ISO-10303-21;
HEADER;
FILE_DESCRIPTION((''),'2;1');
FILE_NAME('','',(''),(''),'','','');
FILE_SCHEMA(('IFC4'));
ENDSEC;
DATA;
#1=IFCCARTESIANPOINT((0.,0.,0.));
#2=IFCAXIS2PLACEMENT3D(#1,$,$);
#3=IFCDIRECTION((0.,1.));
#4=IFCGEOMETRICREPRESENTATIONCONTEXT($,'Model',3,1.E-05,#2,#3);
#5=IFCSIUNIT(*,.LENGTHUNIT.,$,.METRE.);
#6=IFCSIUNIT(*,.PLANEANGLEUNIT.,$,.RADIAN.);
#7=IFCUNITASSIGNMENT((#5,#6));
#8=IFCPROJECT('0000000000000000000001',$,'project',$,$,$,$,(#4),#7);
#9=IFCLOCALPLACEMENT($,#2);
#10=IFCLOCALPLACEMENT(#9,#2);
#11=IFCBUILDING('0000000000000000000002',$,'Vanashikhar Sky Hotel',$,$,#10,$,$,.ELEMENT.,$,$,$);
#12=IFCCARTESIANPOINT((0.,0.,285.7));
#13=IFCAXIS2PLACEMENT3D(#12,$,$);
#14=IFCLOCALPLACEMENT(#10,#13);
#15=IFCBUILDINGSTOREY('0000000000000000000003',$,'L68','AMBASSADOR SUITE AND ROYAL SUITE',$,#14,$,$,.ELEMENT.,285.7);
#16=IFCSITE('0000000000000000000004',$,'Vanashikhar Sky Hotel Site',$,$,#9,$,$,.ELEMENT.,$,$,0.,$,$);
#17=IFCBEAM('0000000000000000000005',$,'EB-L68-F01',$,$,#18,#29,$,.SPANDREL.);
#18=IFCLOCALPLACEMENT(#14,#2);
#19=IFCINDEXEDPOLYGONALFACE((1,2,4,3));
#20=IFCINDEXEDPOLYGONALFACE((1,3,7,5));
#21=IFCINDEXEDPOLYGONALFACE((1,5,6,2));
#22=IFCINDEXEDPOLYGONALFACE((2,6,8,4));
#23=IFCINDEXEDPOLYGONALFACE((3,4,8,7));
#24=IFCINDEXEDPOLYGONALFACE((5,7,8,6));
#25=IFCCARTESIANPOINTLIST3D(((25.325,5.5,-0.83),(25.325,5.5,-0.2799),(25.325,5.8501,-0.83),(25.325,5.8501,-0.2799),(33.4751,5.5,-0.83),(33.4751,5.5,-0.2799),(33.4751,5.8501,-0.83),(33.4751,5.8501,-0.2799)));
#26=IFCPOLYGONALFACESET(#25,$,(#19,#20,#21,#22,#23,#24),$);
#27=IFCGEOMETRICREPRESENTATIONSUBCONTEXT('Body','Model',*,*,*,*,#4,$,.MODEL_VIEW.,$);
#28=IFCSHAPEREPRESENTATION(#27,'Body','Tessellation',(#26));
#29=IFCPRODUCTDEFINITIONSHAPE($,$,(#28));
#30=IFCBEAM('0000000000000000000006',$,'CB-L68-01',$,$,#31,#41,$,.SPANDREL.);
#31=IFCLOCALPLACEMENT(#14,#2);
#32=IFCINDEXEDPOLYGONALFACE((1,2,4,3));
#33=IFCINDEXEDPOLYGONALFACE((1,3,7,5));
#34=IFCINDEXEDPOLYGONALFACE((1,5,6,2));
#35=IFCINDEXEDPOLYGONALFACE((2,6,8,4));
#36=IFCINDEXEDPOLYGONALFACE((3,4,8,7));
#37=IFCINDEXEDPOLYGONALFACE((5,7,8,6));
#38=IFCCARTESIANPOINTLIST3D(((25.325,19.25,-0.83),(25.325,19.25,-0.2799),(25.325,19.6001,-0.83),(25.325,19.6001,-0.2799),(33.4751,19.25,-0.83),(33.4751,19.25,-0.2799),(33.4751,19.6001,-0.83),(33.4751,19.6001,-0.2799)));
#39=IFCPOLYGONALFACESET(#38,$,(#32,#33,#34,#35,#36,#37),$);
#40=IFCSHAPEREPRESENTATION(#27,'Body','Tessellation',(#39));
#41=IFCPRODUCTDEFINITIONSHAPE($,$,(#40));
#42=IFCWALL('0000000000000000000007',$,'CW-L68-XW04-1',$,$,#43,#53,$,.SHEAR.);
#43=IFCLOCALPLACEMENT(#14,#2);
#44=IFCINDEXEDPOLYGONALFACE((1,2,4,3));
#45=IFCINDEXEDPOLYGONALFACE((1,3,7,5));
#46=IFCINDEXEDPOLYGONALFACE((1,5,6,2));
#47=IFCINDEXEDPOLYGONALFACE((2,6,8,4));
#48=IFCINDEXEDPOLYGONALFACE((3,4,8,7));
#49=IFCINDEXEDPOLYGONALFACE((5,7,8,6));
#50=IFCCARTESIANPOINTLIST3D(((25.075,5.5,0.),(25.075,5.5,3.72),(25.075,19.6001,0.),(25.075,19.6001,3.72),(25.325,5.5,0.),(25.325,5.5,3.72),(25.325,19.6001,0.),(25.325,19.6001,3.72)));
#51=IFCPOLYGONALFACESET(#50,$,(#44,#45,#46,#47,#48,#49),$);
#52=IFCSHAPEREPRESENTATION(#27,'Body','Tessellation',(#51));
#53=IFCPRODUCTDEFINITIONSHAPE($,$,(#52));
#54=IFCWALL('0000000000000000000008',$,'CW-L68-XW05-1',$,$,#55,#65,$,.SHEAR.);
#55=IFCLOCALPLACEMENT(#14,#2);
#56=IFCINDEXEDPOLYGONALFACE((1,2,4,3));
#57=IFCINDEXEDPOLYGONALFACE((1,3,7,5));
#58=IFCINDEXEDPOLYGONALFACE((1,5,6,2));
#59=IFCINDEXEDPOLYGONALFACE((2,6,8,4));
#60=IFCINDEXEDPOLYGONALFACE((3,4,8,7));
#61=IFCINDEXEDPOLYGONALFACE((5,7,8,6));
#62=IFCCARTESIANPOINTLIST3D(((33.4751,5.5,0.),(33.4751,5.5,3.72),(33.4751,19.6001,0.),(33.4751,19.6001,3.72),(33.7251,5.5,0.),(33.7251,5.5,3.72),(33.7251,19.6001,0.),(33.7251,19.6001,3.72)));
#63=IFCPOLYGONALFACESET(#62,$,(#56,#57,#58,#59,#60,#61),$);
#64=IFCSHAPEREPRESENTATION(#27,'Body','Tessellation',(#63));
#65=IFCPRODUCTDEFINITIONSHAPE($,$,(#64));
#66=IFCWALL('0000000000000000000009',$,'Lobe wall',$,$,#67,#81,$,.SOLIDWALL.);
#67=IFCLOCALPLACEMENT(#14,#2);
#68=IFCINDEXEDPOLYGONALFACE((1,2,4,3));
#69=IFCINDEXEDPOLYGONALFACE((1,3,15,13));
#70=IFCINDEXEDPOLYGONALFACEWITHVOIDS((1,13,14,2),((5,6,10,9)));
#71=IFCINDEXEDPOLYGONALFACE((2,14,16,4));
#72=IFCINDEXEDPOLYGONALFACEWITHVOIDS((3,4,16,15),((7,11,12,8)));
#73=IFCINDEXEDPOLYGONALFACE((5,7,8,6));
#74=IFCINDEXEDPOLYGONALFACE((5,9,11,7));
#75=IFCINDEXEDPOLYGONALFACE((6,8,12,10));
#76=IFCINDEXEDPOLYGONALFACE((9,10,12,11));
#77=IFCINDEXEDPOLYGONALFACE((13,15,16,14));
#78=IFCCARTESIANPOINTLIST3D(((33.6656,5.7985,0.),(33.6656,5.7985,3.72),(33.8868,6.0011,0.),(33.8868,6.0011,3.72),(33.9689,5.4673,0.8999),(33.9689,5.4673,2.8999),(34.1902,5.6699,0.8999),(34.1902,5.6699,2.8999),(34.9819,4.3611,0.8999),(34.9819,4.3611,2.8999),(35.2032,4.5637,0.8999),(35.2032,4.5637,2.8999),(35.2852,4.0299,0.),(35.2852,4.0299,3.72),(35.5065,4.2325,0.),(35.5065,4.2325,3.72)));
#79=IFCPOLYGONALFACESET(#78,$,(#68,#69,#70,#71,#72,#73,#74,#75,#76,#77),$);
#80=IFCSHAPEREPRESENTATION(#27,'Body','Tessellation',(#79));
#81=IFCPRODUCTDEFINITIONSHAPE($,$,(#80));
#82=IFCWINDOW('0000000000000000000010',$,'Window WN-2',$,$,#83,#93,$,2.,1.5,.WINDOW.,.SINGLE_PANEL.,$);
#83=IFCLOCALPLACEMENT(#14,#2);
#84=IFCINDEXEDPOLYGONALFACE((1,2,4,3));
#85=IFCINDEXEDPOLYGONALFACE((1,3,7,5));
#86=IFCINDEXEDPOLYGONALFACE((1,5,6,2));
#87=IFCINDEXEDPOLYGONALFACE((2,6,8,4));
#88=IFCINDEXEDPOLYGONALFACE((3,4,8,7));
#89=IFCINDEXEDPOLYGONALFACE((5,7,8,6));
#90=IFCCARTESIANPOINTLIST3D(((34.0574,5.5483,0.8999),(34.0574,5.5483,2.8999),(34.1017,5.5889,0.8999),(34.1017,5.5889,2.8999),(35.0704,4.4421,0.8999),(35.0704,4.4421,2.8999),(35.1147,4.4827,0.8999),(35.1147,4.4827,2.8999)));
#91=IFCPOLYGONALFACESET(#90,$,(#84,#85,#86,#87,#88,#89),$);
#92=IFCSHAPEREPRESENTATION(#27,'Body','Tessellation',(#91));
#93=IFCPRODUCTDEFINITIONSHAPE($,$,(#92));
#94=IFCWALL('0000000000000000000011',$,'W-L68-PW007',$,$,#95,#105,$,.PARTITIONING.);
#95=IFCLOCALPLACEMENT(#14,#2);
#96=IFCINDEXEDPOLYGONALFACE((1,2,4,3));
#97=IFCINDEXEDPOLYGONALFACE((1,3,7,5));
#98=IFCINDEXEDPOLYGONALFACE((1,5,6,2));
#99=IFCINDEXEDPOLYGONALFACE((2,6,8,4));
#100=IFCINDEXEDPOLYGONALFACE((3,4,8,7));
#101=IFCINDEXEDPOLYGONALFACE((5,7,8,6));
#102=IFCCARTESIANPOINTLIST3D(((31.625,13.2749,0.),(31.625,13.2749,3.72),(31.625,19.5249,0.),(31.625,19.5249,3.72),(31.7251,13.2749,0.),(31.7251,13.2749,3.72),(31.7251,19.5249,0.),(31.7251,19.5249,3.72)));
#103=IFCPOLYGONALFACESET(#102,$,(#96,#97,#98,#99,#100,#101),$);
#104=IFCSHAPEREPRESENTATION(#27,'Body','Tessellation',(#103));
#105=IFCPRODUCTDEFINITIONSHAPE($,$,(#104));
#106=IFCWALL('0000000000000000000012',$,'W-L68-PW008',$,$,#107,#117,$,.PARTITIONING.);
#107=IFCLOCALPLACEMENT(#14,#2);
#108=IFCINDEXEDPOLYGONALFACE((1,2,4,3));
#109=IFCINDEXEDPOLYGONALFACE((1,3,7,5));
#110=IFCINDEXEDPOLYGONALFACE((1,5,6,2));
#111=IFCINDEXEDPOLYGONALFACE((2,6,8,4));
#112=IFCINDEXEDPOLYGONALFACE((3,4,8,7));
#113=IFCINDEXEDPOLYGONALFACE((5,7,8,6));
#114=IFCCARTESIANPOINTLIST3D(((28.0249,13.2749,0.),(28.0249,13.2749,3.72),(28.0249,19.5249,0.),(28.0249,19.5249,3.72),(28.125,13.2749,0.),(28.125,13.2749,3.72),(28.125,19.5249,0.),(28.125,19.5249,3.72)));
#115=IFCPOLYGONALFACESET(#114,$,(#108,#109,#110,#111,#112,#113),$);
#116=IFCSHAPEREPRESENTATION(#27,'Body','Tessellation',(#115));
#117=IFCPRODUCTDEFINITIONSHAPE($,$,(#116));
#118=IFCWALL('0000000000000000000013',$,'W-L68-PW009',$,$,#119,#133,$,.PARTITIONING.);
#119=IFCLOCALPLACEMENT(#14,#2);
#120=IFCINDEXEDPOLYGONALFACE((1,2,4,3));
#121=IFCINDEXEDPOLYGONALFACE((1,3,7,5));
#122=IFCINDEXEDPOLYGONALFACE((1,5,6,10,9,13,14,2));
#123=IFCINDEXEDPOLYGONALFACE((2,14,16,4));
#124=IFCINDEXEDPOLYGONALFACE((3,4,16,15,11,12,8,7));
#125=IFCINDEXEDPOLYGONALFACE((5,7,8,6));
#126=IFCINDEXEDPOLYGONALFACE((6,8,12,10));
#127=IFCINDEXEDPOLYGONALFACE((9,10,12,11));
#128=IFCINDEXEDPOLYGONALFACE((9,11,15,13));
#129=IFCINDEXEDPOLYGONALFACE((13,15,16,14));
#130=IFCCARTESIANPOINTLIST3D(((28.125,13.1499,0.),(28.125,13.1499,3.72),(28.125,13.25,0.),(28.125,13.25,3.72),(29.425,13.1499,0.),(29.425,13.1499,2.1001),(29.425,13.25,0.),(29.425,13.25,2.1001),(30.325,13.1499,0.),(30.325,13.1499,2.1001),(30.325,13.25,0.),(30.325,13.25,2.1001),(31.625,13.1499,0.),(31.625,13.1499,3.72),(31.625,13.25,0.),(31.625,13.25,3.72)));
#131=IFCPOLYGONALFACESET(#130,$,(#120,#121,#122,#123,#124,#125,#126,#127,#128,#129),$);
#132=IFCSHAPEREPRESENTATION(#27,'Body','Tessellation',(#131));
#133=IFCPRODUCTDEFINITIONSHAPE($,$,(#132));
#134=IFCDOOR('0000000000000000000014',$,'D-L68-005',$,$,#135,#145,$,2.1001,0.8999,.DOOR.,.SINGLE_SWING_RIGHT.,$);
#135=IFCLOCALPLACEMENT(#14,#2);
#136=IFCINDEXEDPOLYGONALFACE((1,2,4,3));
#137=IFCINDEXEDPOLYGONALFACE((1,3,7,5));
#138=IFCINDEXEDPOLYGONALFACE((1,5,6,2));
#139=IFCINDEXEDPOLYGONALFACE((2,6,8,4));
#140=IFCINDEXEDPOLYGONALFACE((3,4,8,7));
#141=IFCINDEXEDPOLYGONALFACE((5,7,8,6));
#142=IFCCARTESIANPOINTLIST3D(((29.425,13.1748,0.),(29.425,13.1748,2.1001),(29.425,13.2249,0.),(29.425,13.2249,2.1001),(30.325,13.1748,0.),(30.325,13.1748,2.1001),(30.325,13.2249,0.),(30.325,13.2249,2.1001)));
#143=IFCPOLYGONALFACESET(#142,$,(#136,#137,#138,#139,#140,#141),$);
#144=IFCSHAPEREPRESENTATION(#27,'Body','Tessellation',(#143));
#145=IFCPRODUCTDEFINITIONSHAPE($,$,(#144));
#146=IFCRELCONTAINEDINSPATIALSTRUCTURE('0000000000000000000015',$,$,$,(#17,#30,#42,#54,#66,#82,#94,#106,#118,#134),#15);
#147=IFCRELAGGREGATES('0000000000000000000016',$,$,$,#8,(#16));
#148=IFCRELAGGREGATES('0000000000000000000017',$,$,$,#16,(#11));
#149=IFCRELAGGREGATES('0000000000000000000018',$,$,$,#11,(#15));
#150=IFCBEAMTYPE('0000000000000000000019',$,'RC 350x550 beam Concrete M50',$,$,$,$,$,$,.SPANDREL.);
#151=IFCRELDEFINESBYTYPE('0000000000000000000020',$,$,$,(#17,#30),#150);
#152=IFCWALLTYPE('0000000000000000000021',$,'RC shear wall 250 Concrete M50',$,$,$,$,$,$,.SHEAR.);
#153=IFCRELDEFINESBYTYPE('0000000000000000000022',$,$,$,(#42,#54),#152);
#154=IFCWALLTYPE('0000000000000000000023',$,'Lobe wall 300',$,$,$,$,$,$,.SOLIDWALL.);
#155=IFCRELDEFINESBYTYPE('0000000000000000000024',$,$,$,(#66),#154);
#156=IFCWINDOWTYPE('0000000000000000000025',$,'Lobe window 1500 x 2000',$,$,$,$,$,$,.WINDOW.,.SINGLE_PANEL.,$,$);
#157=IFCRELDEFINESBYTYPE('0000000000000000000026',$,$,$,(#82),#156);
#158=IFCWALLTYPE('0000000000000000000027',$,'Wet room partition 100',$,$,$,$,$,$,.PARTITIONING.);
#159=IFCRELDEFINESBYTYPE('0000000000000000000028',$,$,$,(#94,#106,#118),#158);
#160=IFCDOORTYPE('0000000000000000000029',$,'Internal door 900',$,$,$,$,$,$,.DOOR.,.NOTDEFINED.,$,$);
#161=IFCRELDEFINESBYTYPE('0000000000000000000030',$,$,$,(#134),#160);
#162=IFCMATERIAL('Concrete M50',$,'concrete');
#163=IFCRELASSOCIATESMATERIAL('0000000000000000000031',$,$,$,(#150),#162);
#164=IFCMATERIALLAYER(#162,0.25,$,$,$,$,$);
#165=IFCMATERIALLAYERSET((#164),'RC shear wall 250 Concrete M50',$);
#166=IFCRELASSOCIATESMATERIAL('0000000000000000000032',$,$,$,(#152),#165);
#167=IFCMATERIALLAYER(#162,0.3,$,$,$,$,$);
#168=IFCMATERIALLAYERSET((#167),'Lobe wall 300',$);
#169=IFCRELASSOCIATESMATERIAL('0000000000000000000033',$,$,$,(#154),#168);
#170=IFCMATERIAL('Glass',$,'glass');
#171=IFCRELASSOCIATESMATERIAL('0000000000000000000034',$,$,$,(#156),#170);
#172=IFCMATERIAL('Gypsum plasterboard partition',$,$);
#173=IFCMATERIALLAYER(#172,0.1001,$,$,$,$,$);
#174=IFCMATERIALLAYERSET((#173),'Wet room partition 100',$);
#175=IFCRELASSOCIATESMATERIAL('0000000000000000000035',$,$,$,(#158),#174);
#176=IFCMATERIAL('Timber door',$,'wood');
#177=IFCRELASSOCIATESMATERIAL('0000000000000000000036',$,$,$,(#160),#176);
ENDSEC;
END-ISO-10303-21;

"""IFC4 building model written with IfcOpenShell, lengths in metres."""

from ifc_helpers import new_model, si_unit, direction, frame, frame_2d, origin, origin_2d, place, context, subcontext, project, spatial, rectangle, extrude, source, transform, mapped, material, layer, layer_set, material_profile, profile_set, type_object, element, fill, save


model = new_model("IFC4")

# Units and contexts
model_context = context("Model", 3, precision=1e-05, world=origin(), true_north=direction((0.0, 1.0)))
body_context = subcontext(model_context, "Body", "Model", "MODEL_VIEW")
ifc_project = project(units=[si_unit("LENGTHUNIT", "METRE"), si_unit("PLANEANGLEUNIT", "RADIAN")], contexts=[model_context])

# Site, building, storey
site_placement = place(None, origin())
site = spatial("IfcSite", under=ifc_project, at=site_placement, Name="Vanashikhar Sky Hotel Site", CompositionType="ELEMENT", RefElevation=0.0)
building_placement = place(site_placement, origin())
building = spatial("IfcBuilding", under=site, at=building_placement, Name="Vanashikhar Sky Hotel", CompositionType="ELEMENT")
storey_placement = place(building_placement, frame((0.0, 0.0, 285.7)))
storey = spatial("IfcBuildingStorey", under=building, at=storey_placement, Name="L68", Description="AMBASSADOR SUITE AND ROYAL SUITE", CompositionType="ELEMENT", Elevation=285.7)

# Beams
ifc_material_1 = material(Name="Concrete M50", Category="concrete")
ifc_material_profile = material_profile(ifc_material_1, rectangle(XDim=0.3501, YDim=0.55, at=origin_2d()))
ifc_profile_set = profile_set([ifc_material_profile], Name="RC 350x550 beam Concrete M50")
beam_type = type_object("IfcBeamType", Name="RC 350x550 beam Concrete M50", PredefinedType="SPANDREL", material=ifc_profile_set)
shared_shape_1 = source(origin(), body_context, "Body", "SweptSolid", [
    extrude(rectangle(XDim=0.3501, YDim=0.55, at=origin_2d()), origin(), (0.0, 0.0, 1.0), 8.1501),
])
for number, where, z_axis, x_axis, name in (
    (1, (25.325, 5.675, -0.5549), (1.0, 0.0, 0.0), (0.0, 1.0, 0.0), "EB-L68-F01"),
    (2, (25.325, 19.425, -0.5549), (1.0, 0.0, 0.0), (0.0, 1.0, 0.0), "CB-L68-01"),
):
    element("IfcBeam", number, at=place(storey_placement, frame(where, z_axis=z_axis, x_axis=x_axis)), inside=storey, type_object=beam_type, Name=name, PredefinedType="SPANDREL", context=body_context, shape_type="MappedRepresentation", body=[
        mapped(shared_shape_1, transform((0.0, 0.0, 0.0), scale=1.0)),
    ])

# Walls
ifc_layer_1 = layer(ifc_material_1, 0.25)
ifc_layer_set_1 = layer_set([ifc_layer_1], Name="RC shear wall 250 Concrete M50")
wall_type_1 = type_object("IfcWallType", Name="RC shear wall 250 Concrete M50", PredefinedType="SHEAR", material=ifc_layer_set_1)
shared_shape_2 = source(origin(), body_context, "Body", "SweptSolid", [
    extrude(rectangle(XDim=14.1001, YDim=0.25, at=frame_2d((7.05, 0.0))), origin(), (0.0, 0.0, 1.0), 3.72),
])
for number, where, z_axis, x_axis, name in (
    (3, (25.2, 5.5, 0.0), (0.0, 0.0, 1.0), (0.0, 1.0, 0.0), "CW-L68-XW04-1"),
    (4, (33.6001, 5.5, 0.0), (0.0, 0.0, 1.0), (0.0, 1.0, 0.0), "CW-L68-XW05-1"),
):
    element("IfcWall", number, at=place(storey_placement, frame(where, z_axis=z_axis, x_axis=x_axis)), inside=storey, type_object=wall_type_1, Name=name, PredefinedType="SHEAR", context=body_context, shape_type="MappedRepresentation", body=[
        mapped(shared_shape_2, transform((0.0, 0.0, 0.0), scale=1.0)),
    ])

# Shared definitions
ifc_material_2 = material(Name="Glass", Category="glass")

# Wall, opening, window
ifc_layer_2 = layer(ifc_material_1, 0.3)
ifc_layer_set_2 = layer_set([ifc_layer_2], Name="Lobe wall 300")
wall_type_2 = type_object("IfcWallType", Name="Lobe wall 300", PredefinedType="SOLIDWALL", material=ifc_layer_set_2)
shared_shape_3 = source(origin(), body_context, "Body", "SweptSolid", [
    extrude(rectangle(XDim=2.3982, YDim=0.3, at=frame_2d((1.1992, 0.0))), origin(), (0.0, 0.0, 1.0), 3.72),
])
wall_1_placement = place(storey_placement, frame((33.7761, 5.8999, 0.0), z_axis=(0.0, 0.0, 1.0), x_axis=(0.675374, -0.737475, 0.0)))
wall_1 = element("IfcWall", 5, at=wall_1_placement, inside=storey, type_object=wall_type_2, Name="Lobe wall", PredefinedType="SOLIDWALL", context=body_context, shape_type="MappedRepresentation", body=[
    mapped(shared_shape_3, transform((0.0, 0.0, 0.0), scale=1.0)),
])
shared_shape_4 = source(origin(), body_context, "Body", "SweptSolid", [
    extrude(rectangle(XDim=1.5, YDim=2.0, at=frame_2d((0.75, 1.0))), frame((0.0, 0.1602, 0.0), z_axis=(0.0, -1.0, 0.0), x_axis=(1.0, 0.0, 0.0)), (0.0, 0.0, 1.0), 0.3201),
])
opening_1_placement = place(wall_1_placement, frame((0.4492, 0.0, 0.8999)))
opening_1 = element("IfcOpeningElement", 6, at=opening_1_placement, cuts=wall_1, PredefinedType="OPENING", context=body_context, shape_type="MappedRepresentation", body=[
    mapped(shared_shape_4, transform((0.0, 0.0, 0.0), scale=1.0)),
])
window_type_1 = type_object("IfcWindowType", Name="Lobe window 1500 x 2000", PartitioningType="SINGLE_PANEL", PredefinedType="WINDOW", material=ifc_material_2)
shared_shape_5 = source(origin(), body_context, "Body", "SweptSolid", [
    extrude(rectangle(XDim=1.5, YDim=2.0, at=frame_2d((0.75, 1.0))), frame((0.0, 0.03, 0.0), z_axis=(0.0, -1.0, 0.0), x_axis=(1.0, 0.0, 0.0)), (0.0, 0.0, 1.0), 0.0601),
])
window_1_placement = place(opening_1_placement, origin())
window_1 = element("IfcWindow", 7, at=window_1_placement, inside=storey, type_object=window_type_1, Name="Window WN-2", OverallHeight=2.0, OverallWidth=1.5, PartitioningType="SINGLE_PANEL", PredefinedType="WINDOW", context=body_context, shape_type="MappedRepresentation", body=[
    mapped(shared_shape_5, transform((0.0, 0.0, 0.0), scale=1.0)),
])
fill(opening_1, window_1)

# Walls
ifc_material_3 = material(Name="Gypsum plasterboard partition")
ifc_layer_3 = layer(ifc_material_3, 0.1001)
ifc_layer_set_3 = layer_set([ifc_layer_3], Name="Wet room partition 100")
wall_type_3 = type_object("IfcWallType", Name="Wet room partition 100", PredefinedType="PARTITIONING", material=ifc_layer_set_3)
shared_shape_6 = source(origin(), body_context, "Body", "SweptSolid", [
    extrude(rectangle(XDim=6.25, YDim=0.1001, at=frame_2d((3.125, 0.0))), origin(), (0.0, 0.0, 1.0), 3.72),
])
for number, where, z_axis, x_axis, name in (
    (8, (31.675, 13.2749, 0.0), (0.0, 0.0, 1.0), (0.0, 1.0, 0.0), "W-L68-PW007"),
    (9, (28.075, 13.2749, 0.0), (0.0, 0.0, 1.0), (0.0, 1.0, 0.0), "W-L68-PW008"),
):
    element("IfcWall", number, at=place(storey_placement, frame(where, z_axis=z_axis, x_axis=x_axis)), inside=storey, type_object=wall_type_3, Name=name, PredefinedType="PARTITIONING", context=body_context, shape_type="MappedRepresentation", body=[
        mapped(shared_shape_6, transform((0.0, 0.0, 0.0), scale=1.0)),
    ])

# Wall, opening, door
shared_shape_7 = source(origin(), body_context, "Body", "SweptSolid", [
    extrude(rectangle(XDim=3.5, YDim=0.1001, at=frame_2d((1.75, 0.0))), origin(), (0.0, 0.0, 1.0), 3.72),
])
wall_2_placement = place(storey_placement, frame((28.125, 13.2, 0.0), z_axis=(0.0, 0.0, 1.0), x_axis=(1.0, 0.0, 0.0)))
wall_2 = element("IfcWall", 10, at=wall_2_placement, inside=storey, type_object=wall_type_3, Name="W-L68-PW009", PredefinedType="PARTITIONING", context=body_context, shape_type="MappedRepresentation", body=[
    mapped(shared_shape_7, transform((0.0, 0.0, 0.0), scale=1.0)),
])
shared_shape_8 = source(origin(), body_context, "Body", "SweptSolid", [
    extrude(rectangle(XDim=0.8999, YDim=2.1001, at=frame_2d((0.45, 1.05))), frame((0.0, 0.0601, 0.0), z_axis=(0.0, -1.0, 0.0), x_axis=(1.0, 0.0, 0.0)), (0.0, 0.0, 1.0), 0.1201),
])
opening_2_placement = place(wall_2_placement, frame((1.3, 0.0, 0.0)))
opening_2 = element("IfcOpeningElement", 11, at=opening_2_placement, cuts=wall_2, PredefinedType="OPENING", context=body_context, shape_type="MappedRepresentation", body=[
    mapped(shared_shape_8, transform((0.0, 0.0, 0.0), scale=1.0)),
])
ifc_material_4 = material(Name="Timber door", Category="wood")
door_type_1 = type_object("IfcDoorType", Name="Internal door 900", OperationType="NOTDEFINED", PredefinedType="DOOR", material=ifc_material_4)
shared_shape_9 = source(origin(), body_context, "Body", "SweptSolid", [
    extrude(rectangle(XDim=0.8999, YDim=2.1001, at=frame_2d((0.45, 1.05))), frame((0.0, 0.0249, 0.0), z_axis=(0.0, -1.0, 0.0), x_axis=(1.0, 0.0, 0.0)), (0.0, 0.0, 1.0), 0.05),
])
door_1_placement = place(opening_2_placement, origin())
door_1 = element("IfcDoor", 12, at=door_1_placement, inside=storey, type_object=door_type_1, Name="D-L68-005", OperationType="SINGLE_SWING_RIGHT", OverallHeight=2.1001, OverallWidth=0.8999, PredefinedType="DOOR", context=body_context, shape_type="MappedRepresentation", body=[
    mapped(shared_shape_9, transform((0.0, 0.0, 0.0), scale=1.0)),
])
fill(opening_2, door_1)

save(model, "model.ifc")
